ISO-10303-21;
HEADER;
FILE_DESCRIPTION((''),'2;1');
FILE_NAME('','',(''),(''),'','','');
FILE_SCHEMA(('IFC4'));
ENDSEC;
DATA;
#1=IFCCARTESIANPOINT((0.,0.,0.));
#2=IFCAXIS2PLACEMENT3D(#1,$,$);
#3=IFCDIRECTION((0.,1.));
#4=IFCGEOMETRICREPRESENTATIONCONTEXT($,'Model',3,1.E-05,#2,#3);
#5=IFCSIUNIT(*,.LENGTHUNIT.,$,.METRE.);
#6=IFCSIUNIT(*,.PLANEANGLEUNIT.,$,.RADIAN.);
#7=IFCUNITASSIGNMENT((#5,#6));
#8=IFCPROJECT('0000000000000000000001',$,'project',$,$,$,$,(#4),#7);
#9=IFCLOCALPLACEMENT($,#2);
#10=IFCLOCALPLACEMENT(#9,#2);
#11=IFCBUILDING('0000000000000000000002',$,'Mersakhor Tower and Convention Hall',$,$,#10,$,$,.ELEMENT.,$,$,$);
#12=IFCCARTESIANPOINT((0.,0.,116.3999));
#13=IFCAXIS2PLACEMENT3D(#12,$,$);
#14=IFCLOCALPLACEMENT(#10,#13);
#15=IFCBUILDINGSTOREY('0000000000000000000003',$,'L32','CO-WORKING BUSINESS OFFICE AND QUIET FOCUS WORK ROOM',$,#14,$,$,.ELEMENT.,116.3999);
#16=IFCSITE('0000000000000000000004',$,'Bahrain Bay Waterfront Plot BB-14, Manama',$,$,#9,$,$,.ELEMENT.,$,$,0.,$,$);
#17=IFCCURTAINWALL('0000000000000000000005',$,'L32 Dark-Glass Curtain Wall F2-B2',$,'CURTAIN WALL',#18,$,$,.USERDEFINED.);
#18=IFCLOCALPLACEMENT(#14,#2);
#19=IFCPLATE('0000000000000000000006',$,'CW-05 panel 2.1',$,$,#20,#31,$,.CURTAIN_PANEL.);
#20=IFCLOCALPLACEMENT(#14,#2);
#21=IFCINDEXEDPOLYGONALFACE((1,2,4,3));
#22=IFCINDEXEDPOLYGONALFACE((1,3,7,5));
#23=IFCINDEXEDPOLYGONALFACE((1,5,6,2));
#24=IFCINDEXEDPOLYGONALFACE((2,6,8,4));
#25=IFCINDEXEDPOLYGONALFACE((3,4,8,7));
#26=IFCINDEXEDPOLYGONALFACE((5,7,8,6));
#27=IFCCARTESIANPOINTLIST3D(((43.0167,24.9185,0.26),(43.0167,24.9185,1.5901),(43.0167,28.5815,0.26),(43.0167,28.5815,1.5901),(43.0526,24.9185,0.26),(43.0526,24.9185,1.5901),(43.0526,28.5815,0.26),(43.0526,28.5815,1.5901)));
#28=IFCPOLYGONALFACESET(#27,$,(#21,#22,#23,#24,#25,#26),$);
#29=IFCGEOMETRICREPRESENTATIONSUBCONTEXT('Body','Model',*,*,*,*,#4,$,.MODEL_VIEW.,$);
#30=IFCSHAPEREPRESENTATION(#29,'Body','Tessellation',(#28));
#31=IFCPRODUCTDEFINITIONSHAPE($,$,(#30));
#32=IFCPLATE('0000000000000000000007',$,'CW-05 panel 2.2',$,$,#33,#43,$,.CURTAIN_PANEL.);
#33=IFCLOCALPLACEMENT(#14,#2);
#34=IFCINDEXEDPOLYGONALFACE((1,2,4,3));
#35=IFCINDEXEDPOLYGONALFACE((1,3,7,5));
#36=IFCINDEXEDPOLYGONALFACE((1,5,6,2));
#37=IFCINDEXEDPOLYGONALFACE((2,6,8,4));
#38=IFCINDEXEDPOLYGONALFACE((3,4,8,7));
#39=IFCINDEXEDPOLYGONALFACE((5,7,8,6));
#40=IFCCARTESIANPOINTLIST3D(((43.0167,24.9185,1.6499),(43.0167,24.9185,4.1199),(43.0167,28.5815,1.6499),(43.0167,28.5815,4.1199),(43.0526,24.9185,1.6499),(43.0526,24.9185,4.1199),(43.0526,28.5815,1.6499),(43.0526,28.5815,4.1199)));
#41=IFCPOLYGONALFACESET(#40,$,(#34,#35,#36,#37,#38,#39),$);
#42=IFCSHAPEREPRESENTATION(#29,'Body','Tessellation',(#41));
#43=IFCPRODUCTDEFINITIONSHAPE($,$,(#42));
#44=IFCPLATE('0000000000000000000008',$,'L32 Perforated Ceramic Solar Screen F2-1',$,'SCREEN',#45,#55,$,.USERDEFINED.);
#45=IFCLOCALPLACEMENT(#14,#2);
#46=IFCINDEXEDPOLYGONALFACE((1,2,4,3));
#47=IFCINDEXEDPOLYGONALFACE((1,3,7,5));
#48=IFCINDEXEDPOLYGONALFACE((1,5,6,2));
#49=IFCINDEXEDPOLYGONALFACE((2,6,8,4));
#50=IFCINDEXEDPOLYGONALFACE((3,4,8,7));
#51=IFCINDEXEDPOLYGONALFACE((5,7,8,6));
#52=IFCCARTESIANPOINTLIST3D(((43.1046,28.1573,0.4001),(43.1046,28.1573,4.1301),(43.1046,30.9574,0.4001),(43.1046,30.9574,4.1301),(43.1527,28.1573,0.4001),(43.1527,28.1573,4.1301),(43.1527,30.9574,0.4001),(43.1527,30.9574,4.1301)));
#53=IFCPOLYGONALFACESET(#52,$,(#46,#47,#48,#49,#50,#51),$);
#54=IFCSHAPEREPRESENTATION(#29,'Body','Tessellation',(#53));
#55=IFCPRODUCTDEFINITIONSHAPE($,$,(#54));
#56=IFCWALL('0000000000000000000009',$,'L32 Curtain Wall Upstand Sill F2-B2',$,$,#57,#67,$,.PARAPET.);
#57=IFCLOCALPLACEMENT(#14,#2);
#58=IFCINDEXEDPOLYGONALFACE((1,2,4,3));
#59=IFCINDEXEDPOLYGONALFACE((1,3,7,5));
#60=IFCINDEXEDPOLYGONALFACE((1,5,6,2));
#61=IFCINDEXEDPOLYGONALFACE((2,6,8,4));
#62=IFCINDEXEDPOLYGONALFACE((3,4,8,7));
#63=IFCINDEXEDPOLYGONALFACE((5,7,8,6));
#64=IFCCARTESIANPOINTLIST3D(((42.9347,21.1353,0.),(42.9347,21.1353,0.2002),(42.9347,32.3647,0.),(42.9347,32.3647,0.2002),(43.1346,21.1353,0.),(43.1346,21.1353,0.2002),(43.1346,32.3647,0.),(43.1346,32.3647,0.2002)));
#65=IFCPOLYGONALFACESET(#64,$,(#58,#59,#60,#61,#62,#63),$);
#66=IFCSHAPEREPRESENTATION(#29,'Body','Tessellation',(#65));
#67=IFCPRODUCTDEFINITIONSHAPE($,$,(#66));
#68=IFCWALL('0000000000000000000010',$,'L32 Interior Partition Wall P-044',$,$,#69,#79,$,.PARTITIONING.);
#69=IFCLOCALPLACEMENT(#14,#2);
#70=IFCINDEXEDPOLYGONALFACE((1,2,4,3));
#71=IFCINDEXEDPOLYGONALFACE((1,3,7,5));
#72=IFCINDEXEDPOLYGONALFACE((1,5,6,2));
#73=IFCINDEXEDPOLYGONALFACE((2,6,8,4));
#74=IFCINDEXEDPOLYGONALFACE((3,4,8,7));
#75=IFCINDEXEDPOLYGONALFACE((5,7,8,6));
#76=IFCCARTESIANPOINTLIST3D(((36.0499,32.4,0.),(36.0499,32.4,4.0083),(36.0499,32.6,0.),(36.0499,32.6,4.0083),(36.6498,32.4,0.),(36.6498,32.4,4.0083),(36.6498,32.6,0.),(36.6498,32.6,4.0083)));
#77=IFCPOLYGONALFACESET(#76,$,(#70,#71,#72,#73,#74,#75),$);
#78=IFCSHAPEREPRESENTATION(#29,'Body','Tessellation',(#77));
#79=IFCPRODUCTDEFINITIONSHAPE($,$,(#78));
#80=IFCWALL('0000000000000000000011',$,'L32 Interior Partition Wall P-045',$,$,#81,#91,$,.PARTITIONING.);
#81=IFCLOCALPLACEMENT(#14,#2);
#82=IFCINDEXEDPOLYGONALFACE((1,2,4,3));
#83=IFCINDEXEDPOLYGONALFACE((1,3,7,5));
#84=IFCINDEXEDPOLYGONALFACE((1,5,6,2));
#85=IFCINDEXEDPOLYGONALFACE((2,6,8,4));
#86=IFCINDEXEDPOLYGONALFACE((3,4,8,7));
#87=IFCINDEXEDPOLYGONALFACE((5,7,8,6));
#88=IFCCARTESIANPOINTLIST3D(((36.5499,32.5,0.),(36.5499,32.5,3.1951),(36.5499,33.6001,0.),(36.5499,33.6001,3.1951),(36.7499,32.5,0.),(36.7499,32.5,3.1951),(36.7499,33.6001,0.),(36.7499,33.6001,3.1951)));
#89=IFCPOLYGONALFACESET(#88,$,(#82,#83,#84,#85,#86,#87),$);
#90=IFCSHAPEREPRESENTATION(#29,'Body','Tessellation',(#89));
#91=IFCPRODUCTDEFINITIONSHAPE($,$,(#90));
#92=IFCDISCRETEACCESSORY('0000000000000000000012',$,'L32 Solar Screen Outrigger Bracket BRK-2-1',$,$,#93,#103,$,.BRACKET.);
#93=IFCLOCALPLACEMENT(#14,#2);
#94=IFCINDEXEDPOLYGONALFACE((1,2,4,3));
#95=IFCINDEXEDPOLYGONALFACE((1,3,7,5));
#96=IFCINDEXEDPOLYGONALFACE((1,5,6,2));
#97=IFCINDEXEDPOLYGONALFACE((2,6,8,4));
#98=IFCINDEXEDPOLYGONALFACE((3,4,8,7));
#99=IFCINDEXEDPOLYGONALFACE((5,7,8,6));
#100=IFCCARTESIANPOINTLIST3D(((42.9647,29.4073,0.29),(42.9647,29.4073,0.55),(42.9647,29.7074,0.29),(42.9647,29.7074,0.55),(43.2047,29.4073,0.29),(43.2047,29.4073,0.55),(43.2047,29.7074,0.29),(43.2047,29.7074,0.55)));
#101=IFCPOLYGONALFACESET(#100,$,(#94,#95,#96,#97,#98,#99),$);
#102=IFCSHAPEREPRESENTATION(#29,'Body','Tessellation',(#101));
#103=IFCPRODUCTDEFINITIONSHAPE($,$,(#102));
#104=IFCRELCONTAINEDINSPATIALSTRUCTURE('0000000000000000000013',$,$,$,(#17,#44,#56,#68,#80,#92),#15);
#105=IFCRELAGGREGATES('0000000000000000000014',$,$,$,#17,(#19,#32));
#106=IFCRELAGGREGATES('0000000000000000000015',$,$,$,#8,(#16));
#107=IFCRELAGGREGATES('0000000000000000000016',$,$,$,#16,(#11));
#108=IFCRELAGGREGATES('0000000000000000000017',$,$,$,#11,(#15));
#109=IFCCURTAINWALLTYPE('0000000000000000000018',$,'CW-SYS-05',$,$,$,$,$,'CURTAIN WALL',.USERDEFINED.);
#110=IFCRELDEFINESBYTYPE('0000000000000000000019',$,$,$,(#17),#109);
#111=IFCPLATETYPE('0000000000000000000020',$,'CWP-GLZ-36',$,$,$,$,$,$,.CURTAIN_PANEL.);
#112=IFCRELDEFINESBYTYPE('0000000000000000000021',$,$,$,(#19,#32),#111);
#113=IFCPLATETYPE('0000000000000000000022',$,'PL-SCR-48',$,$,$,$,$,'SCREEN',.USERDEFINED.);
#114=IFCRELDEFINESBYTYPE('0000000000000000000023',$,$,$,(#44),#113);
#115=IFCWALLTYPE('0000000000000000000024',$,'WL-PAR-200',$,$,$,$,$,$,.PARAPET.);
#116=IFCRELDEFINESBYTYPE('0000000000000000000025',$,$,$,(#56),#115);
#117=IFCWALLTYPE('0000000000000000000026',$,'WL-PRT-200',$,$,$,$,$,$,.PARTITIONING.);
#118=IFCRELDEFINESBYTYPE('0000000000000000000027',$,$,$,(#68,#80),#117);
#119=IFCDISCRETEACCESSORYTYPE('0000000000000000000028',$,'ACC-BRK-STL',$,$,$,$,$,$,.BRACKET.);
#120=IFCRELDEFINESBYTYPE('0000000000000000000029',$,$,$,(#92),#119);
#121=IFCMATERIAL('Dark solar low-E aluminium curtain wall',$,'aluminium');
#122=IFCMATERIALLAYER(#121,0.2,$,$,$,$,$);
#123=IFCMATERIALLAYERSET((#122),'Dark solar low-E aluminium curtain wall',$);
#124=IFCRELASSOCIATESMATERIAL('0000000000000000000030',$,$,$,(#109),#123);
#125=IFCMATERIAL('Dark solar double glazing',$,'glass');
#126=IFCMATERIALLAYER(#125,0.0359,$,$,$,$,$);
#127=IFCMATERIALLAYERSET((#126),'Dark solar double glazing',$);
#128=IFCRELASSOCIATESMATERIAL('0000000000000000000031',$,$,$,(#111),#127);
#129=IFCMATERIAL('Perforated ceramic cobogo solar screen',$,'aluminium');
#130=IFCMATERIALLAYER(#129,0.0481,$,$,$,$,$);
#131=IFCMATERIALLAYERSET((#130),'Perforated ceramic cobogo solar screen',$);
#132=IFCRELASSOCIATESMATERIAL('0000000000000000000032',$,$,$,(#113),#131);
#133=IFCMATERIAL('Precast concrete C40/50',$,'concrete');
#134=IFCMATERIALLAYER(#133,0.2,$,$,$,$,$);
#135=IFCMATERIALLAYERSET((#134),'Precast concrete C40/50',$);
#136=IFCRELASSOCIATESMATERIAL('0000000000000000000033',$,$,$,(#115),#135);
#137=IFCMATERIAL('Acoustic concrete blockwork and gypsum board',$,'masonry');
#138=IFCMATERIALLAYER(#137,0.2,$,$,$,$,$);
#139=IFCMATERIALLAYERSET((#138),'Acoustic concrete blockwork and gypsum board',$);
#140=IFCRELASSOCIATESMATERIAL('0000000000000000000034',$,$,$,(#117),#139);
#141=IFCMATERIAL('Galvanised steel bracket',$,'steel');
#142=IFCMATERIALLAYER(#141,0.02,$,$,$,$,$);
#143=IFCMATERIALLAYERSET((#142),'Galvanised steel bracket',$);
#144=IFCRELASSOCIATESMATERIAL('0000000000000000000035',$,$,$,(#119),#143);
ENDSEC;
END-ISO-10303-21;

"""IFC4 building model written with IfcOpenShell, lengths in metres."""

from ifc_helpers import new_model, si_unit, direction, frame, frame_2d, origin, origin_2d, place, context, subcontext, project, spatial, rectangle, extrude, material, layer, layer_set, type_object, element, aggregate, save


model = new_model("IFC4")

# Units and contexts
model_context = context("Model", 3, precision=1e-05, world=origin(), true_north=direction((0.0, 1.0)))
body_context = subcontext(model_context, "Body", "Model", "MODEL_VIEW")
ifc_project = project(units=[si_unit("LENGTHUNIT", "METRE"), si_unit("PLANEANGLEUNIT", "RADIAN")], contexts=[model_context])

# Site, building, storey
site_placement = place(None, origin())
site = spatial("IfcSite", under=ifc_project, at=site_placement, Name="Bahrain Bay Waterfront Plot BB-14, Manama", CompositionType="ELEMENT", RefElevation=0.0)
building_placement = place(site_placement, origin())
building = spatial("IfcBuilding", under=site, at=building_placement, Name="Mersakhor Tower and Convention Hall", CompositionType="ELEMENT")
storey_placement = place(building_placement, frame((0.0, 0.0, 116.3999)))
storey = spatial("IfcBuildingStorey", under=building, at=storey_placement, Name="L32", Description="CO-WORKING BUSINESS OFFICE AND QUIET FOCUS WORK ROOM", CompositionType="ELEMENT", Elevation=116.3999)

# Curtain wall, plates
ifc_material_1 = material(Name="Dark solar low-E aluminium curtain wall", Category="aluminium")
ifc_layer_1 = layer(ifc_material_1, 0.2)
ifc_layer_set_1 = layer_set([ifc_layer_1], Name="Dark solar low-E aluminium curtain wall")
curtain_wall_type = type_object("IfcCurtainWallType", Name="CW-SYS-05", ElementType="CURTAIN WALL", PredefinedType="USERDEFINED", material=ifc_layer_set_1)
curtain_wall_placement = place(storey_placement, origin())
curtain_wall = element("IfcCurtainWall", 1, at=curtain_wall_placement, inside=storey, type_object=curtain_wall_type, Name="L32 Dark-Glass Curtain Wall F2-B2", ObjectType="CURTAIN WALL", PredefinedType="USERDEFINED")
ifc_material_2 = material(Name="Dark solar double glazing", Category="glass")
ifc_layer_2 = layer(ifc_material_2, 0.0359)
ifc_layer_set_2 = layer_set([ifc_layer_2], Name="Dark solar double glazing")
plate_type_1 = type_object("IfcPlateType", Name="CWP-GLZ-36", PredefinedType="CURTAIN_PANEL", material=ifc_layer_set_2)
plate_1_placement = place(storey_placement, frame((43.0347, 26.75, 0.26), z_axis=(0.0, 0.0, 1.0), x_axis=(0.0, -1.0, 0.0)))
plate_1 = element("IfcPlate", 2, at=plate_1_placement, type_object=plate_type_1, Name="CW-05 panel 2.1", PredefinedType="CURTAIN_PANEL", context=body_context, shape_type="SweptSolid", body=[
    extrude(rectangle(XDim=3.6631, YDim=0.0359, at=origin_2d()), origin(), (0.0, 0.0, 1.0), 1.3301),
])
plate_2_placement = place(storey_placement, frame((43.0347, 26.75, 1.6499), z_axis=(0.0, 0.0, 1.0), x_axis=(0.0, -1.0, 0.0)))
plate_2 = element("IfcPlate", 3, at=plate_2_placement, type_object=plate_type_1, Name="CW-05 panel 2.2", PredefinedType="CURTAIN_PANEL", context=body_context, shape_type="SweptSolid", body=[
    extrude(rectangle(XDim=3.6631, YDim=0.0359, at=origin_2d()), origin(), (0.0, 0.0, 1.0), 2.47),
])
aggregate(curtain_wall, [plate_1, plate_2])

# Plate
ifc_material_3 = material(Name="Perforated ceramic cobogo solar screen", Category="aluminium")
ifc_layer_3 = layer(ifc_material_3, 0.0481)
ifc_layer_set_3 = layer_set([ifc_layer_3], Name="Perforated ceramic cobogo solar screen")
plate_type_2 = type_object("IfcPlateType", Name="PL-SCR-48", ElementType="SCREEN", PredefinedType="USERDEFINED", material=ifc_layer_set_3)
plate_3_placement = place(storey_placement, frame((43.1287, 29.5574, 0.4001), z_axis=(0.0, 0.0, 1.0), x_axis=(0.0, -1.0, 0.0)))
element("IfcPlate", 4, at=plate_3_placement, inside=storey, type_object=plate_type_2, Name="L32 Perforated Ceramic Solar Screen F2-1", ObjectType="SCREEN", PredefinedType="USERDEFINED", context=body_context, shape_type="SweptSolid", body=[
    extrude(rectangle(XDim=2.8, YDim=0.0481, at=origin_2d()), origin(), (0.0, 0.0, 1.0), 3.73),
])

# Walls
ifc_material_4 = material(Name="Precast concrete C40/50", Category="concrete")
ifc_layer_4 = layer(ifc_material_4, 0.2)
ifc_layer_set_4 = layer_set([ifc_layer_4], Name="Precast concrete C40/50")
wall_type_1 = type_object("IfcWallType", Name="WL-PAR-200", PredefinedType="PARAPET", material=ifc_layer_set_4)
wall_1_placement = place(storey_placement, frame((43.0347, 32.3647, 0.0), z_axis=(0.0, 0.0, 1.0), x_axis=(0.0, -1.0, 0.0)))
element("IfcWall", 5, at=wall_1_placement, inside=storey, type_object=wall_type_1, Name="L32 Curtain Wall Upstand Sill F2-B2", PredefinedType="PARAPET", context=body_context, shape_type="SweptSolid", body=[
    extrude(rectangle(XDim=11.2295, YDim=0.2, at=frame_2d((5.6147, 0.0))), origin(), (0.0, 0.0, 1.0), 0.2002),
])
ifc_material_5 = material(Name="Acoustic concrete blockwork and gypsum board", Category="masonry")
ifc_layer_5 = layer(ifc_material_5, 0.2)
ifc_layer_set_5 = layer_set([ifc_layer_5], Name="Acoustic concrete blockwork and gypsum board")
wall_type_2 = type_object("IfcWallType", Name="WL-PRT-200", PredefinedType="PARTITIONING", material=ifc_layer_set_5)
wall_2_placement = place(storey_placement, frame((36.05, 32.5, 0.0), z_axis=(0.0, 0.0, 1.0), x_axis=(1.0, 0.0, 0.0)))
element("IfcWall", 6, at=wall_2_placement, inside=storey, type_object=wall_type_2, Name="L32 Interior Partition Wall P-044", PredefinedType="PARTITIONING", context=body_context, shape_type="SweptSolid", body=[
    extrude(rectangle(XDim=0.5999, YDim=0.2, at=frame_2d((0.2998, 0.0))), origin(), (0.0, 0.0, 1.0), 4.0083),
])
wall_3_placement = place(storey_placement, frame((36.6499, 32.5, 0.0), z_axis=(0.0, 0.0, 1.0), x_axis=(0.0, 1.0, 0.0)))
element("IfcWall", 7, at=wall_3_placement, inside=storey, type_object=wall_type_2, Name="L32 Interior Partition Wall P-045", PredefinedType="PARTITIONING", context=body_context, shape_type="SweptSolid", body=[
    extrude(rectangle(XDim=1.1001, YDim=0.2, at=frame_2d((0.55, 0.0))), origin(), (0.0, 0.0, 1.0), 3.1951),
])

# Discrete accessory
ifc_material_6 = material(Name="Galvanised steel bracket", Category="steel")
ifc_layer_6 = layer(ifc_material_6, 0.02)
ifc_layer_set_6 = layer_set([ifc_layer_6], Name="Galvanised steel bracket")
discrete_accessory_type = type_object("IfcDiscreteAccessoryType", Name="ACC-BRK-STL", PredefinedType="BRACKET", material=ifc_layer_set_6)
discrete_accessory_placement = place(storey_placement, frame((43.0847, 29.5574, 0.29), z_axis=(0.0, 0.0, 1.0), x_axis=(0.0, -1.0, 0.0)))
element("IfcDiscreteAccessory", 8, at=discrete_accessory_placement, inside=storey, type_object=discrete_accessory_type, Name="L32 Solar Screen Outrigger Bracket BRK-2-1", PredefinedType="BRACKET", context=body_context, shape_type="SweptSolid", body=[
    extrude(rectangle(XDim=0.3, YDim=0.24, at=origin_2d()), origin(), (0.0, 0.0, 1.0), 0.26),
])

save(model, "model.ifc")
